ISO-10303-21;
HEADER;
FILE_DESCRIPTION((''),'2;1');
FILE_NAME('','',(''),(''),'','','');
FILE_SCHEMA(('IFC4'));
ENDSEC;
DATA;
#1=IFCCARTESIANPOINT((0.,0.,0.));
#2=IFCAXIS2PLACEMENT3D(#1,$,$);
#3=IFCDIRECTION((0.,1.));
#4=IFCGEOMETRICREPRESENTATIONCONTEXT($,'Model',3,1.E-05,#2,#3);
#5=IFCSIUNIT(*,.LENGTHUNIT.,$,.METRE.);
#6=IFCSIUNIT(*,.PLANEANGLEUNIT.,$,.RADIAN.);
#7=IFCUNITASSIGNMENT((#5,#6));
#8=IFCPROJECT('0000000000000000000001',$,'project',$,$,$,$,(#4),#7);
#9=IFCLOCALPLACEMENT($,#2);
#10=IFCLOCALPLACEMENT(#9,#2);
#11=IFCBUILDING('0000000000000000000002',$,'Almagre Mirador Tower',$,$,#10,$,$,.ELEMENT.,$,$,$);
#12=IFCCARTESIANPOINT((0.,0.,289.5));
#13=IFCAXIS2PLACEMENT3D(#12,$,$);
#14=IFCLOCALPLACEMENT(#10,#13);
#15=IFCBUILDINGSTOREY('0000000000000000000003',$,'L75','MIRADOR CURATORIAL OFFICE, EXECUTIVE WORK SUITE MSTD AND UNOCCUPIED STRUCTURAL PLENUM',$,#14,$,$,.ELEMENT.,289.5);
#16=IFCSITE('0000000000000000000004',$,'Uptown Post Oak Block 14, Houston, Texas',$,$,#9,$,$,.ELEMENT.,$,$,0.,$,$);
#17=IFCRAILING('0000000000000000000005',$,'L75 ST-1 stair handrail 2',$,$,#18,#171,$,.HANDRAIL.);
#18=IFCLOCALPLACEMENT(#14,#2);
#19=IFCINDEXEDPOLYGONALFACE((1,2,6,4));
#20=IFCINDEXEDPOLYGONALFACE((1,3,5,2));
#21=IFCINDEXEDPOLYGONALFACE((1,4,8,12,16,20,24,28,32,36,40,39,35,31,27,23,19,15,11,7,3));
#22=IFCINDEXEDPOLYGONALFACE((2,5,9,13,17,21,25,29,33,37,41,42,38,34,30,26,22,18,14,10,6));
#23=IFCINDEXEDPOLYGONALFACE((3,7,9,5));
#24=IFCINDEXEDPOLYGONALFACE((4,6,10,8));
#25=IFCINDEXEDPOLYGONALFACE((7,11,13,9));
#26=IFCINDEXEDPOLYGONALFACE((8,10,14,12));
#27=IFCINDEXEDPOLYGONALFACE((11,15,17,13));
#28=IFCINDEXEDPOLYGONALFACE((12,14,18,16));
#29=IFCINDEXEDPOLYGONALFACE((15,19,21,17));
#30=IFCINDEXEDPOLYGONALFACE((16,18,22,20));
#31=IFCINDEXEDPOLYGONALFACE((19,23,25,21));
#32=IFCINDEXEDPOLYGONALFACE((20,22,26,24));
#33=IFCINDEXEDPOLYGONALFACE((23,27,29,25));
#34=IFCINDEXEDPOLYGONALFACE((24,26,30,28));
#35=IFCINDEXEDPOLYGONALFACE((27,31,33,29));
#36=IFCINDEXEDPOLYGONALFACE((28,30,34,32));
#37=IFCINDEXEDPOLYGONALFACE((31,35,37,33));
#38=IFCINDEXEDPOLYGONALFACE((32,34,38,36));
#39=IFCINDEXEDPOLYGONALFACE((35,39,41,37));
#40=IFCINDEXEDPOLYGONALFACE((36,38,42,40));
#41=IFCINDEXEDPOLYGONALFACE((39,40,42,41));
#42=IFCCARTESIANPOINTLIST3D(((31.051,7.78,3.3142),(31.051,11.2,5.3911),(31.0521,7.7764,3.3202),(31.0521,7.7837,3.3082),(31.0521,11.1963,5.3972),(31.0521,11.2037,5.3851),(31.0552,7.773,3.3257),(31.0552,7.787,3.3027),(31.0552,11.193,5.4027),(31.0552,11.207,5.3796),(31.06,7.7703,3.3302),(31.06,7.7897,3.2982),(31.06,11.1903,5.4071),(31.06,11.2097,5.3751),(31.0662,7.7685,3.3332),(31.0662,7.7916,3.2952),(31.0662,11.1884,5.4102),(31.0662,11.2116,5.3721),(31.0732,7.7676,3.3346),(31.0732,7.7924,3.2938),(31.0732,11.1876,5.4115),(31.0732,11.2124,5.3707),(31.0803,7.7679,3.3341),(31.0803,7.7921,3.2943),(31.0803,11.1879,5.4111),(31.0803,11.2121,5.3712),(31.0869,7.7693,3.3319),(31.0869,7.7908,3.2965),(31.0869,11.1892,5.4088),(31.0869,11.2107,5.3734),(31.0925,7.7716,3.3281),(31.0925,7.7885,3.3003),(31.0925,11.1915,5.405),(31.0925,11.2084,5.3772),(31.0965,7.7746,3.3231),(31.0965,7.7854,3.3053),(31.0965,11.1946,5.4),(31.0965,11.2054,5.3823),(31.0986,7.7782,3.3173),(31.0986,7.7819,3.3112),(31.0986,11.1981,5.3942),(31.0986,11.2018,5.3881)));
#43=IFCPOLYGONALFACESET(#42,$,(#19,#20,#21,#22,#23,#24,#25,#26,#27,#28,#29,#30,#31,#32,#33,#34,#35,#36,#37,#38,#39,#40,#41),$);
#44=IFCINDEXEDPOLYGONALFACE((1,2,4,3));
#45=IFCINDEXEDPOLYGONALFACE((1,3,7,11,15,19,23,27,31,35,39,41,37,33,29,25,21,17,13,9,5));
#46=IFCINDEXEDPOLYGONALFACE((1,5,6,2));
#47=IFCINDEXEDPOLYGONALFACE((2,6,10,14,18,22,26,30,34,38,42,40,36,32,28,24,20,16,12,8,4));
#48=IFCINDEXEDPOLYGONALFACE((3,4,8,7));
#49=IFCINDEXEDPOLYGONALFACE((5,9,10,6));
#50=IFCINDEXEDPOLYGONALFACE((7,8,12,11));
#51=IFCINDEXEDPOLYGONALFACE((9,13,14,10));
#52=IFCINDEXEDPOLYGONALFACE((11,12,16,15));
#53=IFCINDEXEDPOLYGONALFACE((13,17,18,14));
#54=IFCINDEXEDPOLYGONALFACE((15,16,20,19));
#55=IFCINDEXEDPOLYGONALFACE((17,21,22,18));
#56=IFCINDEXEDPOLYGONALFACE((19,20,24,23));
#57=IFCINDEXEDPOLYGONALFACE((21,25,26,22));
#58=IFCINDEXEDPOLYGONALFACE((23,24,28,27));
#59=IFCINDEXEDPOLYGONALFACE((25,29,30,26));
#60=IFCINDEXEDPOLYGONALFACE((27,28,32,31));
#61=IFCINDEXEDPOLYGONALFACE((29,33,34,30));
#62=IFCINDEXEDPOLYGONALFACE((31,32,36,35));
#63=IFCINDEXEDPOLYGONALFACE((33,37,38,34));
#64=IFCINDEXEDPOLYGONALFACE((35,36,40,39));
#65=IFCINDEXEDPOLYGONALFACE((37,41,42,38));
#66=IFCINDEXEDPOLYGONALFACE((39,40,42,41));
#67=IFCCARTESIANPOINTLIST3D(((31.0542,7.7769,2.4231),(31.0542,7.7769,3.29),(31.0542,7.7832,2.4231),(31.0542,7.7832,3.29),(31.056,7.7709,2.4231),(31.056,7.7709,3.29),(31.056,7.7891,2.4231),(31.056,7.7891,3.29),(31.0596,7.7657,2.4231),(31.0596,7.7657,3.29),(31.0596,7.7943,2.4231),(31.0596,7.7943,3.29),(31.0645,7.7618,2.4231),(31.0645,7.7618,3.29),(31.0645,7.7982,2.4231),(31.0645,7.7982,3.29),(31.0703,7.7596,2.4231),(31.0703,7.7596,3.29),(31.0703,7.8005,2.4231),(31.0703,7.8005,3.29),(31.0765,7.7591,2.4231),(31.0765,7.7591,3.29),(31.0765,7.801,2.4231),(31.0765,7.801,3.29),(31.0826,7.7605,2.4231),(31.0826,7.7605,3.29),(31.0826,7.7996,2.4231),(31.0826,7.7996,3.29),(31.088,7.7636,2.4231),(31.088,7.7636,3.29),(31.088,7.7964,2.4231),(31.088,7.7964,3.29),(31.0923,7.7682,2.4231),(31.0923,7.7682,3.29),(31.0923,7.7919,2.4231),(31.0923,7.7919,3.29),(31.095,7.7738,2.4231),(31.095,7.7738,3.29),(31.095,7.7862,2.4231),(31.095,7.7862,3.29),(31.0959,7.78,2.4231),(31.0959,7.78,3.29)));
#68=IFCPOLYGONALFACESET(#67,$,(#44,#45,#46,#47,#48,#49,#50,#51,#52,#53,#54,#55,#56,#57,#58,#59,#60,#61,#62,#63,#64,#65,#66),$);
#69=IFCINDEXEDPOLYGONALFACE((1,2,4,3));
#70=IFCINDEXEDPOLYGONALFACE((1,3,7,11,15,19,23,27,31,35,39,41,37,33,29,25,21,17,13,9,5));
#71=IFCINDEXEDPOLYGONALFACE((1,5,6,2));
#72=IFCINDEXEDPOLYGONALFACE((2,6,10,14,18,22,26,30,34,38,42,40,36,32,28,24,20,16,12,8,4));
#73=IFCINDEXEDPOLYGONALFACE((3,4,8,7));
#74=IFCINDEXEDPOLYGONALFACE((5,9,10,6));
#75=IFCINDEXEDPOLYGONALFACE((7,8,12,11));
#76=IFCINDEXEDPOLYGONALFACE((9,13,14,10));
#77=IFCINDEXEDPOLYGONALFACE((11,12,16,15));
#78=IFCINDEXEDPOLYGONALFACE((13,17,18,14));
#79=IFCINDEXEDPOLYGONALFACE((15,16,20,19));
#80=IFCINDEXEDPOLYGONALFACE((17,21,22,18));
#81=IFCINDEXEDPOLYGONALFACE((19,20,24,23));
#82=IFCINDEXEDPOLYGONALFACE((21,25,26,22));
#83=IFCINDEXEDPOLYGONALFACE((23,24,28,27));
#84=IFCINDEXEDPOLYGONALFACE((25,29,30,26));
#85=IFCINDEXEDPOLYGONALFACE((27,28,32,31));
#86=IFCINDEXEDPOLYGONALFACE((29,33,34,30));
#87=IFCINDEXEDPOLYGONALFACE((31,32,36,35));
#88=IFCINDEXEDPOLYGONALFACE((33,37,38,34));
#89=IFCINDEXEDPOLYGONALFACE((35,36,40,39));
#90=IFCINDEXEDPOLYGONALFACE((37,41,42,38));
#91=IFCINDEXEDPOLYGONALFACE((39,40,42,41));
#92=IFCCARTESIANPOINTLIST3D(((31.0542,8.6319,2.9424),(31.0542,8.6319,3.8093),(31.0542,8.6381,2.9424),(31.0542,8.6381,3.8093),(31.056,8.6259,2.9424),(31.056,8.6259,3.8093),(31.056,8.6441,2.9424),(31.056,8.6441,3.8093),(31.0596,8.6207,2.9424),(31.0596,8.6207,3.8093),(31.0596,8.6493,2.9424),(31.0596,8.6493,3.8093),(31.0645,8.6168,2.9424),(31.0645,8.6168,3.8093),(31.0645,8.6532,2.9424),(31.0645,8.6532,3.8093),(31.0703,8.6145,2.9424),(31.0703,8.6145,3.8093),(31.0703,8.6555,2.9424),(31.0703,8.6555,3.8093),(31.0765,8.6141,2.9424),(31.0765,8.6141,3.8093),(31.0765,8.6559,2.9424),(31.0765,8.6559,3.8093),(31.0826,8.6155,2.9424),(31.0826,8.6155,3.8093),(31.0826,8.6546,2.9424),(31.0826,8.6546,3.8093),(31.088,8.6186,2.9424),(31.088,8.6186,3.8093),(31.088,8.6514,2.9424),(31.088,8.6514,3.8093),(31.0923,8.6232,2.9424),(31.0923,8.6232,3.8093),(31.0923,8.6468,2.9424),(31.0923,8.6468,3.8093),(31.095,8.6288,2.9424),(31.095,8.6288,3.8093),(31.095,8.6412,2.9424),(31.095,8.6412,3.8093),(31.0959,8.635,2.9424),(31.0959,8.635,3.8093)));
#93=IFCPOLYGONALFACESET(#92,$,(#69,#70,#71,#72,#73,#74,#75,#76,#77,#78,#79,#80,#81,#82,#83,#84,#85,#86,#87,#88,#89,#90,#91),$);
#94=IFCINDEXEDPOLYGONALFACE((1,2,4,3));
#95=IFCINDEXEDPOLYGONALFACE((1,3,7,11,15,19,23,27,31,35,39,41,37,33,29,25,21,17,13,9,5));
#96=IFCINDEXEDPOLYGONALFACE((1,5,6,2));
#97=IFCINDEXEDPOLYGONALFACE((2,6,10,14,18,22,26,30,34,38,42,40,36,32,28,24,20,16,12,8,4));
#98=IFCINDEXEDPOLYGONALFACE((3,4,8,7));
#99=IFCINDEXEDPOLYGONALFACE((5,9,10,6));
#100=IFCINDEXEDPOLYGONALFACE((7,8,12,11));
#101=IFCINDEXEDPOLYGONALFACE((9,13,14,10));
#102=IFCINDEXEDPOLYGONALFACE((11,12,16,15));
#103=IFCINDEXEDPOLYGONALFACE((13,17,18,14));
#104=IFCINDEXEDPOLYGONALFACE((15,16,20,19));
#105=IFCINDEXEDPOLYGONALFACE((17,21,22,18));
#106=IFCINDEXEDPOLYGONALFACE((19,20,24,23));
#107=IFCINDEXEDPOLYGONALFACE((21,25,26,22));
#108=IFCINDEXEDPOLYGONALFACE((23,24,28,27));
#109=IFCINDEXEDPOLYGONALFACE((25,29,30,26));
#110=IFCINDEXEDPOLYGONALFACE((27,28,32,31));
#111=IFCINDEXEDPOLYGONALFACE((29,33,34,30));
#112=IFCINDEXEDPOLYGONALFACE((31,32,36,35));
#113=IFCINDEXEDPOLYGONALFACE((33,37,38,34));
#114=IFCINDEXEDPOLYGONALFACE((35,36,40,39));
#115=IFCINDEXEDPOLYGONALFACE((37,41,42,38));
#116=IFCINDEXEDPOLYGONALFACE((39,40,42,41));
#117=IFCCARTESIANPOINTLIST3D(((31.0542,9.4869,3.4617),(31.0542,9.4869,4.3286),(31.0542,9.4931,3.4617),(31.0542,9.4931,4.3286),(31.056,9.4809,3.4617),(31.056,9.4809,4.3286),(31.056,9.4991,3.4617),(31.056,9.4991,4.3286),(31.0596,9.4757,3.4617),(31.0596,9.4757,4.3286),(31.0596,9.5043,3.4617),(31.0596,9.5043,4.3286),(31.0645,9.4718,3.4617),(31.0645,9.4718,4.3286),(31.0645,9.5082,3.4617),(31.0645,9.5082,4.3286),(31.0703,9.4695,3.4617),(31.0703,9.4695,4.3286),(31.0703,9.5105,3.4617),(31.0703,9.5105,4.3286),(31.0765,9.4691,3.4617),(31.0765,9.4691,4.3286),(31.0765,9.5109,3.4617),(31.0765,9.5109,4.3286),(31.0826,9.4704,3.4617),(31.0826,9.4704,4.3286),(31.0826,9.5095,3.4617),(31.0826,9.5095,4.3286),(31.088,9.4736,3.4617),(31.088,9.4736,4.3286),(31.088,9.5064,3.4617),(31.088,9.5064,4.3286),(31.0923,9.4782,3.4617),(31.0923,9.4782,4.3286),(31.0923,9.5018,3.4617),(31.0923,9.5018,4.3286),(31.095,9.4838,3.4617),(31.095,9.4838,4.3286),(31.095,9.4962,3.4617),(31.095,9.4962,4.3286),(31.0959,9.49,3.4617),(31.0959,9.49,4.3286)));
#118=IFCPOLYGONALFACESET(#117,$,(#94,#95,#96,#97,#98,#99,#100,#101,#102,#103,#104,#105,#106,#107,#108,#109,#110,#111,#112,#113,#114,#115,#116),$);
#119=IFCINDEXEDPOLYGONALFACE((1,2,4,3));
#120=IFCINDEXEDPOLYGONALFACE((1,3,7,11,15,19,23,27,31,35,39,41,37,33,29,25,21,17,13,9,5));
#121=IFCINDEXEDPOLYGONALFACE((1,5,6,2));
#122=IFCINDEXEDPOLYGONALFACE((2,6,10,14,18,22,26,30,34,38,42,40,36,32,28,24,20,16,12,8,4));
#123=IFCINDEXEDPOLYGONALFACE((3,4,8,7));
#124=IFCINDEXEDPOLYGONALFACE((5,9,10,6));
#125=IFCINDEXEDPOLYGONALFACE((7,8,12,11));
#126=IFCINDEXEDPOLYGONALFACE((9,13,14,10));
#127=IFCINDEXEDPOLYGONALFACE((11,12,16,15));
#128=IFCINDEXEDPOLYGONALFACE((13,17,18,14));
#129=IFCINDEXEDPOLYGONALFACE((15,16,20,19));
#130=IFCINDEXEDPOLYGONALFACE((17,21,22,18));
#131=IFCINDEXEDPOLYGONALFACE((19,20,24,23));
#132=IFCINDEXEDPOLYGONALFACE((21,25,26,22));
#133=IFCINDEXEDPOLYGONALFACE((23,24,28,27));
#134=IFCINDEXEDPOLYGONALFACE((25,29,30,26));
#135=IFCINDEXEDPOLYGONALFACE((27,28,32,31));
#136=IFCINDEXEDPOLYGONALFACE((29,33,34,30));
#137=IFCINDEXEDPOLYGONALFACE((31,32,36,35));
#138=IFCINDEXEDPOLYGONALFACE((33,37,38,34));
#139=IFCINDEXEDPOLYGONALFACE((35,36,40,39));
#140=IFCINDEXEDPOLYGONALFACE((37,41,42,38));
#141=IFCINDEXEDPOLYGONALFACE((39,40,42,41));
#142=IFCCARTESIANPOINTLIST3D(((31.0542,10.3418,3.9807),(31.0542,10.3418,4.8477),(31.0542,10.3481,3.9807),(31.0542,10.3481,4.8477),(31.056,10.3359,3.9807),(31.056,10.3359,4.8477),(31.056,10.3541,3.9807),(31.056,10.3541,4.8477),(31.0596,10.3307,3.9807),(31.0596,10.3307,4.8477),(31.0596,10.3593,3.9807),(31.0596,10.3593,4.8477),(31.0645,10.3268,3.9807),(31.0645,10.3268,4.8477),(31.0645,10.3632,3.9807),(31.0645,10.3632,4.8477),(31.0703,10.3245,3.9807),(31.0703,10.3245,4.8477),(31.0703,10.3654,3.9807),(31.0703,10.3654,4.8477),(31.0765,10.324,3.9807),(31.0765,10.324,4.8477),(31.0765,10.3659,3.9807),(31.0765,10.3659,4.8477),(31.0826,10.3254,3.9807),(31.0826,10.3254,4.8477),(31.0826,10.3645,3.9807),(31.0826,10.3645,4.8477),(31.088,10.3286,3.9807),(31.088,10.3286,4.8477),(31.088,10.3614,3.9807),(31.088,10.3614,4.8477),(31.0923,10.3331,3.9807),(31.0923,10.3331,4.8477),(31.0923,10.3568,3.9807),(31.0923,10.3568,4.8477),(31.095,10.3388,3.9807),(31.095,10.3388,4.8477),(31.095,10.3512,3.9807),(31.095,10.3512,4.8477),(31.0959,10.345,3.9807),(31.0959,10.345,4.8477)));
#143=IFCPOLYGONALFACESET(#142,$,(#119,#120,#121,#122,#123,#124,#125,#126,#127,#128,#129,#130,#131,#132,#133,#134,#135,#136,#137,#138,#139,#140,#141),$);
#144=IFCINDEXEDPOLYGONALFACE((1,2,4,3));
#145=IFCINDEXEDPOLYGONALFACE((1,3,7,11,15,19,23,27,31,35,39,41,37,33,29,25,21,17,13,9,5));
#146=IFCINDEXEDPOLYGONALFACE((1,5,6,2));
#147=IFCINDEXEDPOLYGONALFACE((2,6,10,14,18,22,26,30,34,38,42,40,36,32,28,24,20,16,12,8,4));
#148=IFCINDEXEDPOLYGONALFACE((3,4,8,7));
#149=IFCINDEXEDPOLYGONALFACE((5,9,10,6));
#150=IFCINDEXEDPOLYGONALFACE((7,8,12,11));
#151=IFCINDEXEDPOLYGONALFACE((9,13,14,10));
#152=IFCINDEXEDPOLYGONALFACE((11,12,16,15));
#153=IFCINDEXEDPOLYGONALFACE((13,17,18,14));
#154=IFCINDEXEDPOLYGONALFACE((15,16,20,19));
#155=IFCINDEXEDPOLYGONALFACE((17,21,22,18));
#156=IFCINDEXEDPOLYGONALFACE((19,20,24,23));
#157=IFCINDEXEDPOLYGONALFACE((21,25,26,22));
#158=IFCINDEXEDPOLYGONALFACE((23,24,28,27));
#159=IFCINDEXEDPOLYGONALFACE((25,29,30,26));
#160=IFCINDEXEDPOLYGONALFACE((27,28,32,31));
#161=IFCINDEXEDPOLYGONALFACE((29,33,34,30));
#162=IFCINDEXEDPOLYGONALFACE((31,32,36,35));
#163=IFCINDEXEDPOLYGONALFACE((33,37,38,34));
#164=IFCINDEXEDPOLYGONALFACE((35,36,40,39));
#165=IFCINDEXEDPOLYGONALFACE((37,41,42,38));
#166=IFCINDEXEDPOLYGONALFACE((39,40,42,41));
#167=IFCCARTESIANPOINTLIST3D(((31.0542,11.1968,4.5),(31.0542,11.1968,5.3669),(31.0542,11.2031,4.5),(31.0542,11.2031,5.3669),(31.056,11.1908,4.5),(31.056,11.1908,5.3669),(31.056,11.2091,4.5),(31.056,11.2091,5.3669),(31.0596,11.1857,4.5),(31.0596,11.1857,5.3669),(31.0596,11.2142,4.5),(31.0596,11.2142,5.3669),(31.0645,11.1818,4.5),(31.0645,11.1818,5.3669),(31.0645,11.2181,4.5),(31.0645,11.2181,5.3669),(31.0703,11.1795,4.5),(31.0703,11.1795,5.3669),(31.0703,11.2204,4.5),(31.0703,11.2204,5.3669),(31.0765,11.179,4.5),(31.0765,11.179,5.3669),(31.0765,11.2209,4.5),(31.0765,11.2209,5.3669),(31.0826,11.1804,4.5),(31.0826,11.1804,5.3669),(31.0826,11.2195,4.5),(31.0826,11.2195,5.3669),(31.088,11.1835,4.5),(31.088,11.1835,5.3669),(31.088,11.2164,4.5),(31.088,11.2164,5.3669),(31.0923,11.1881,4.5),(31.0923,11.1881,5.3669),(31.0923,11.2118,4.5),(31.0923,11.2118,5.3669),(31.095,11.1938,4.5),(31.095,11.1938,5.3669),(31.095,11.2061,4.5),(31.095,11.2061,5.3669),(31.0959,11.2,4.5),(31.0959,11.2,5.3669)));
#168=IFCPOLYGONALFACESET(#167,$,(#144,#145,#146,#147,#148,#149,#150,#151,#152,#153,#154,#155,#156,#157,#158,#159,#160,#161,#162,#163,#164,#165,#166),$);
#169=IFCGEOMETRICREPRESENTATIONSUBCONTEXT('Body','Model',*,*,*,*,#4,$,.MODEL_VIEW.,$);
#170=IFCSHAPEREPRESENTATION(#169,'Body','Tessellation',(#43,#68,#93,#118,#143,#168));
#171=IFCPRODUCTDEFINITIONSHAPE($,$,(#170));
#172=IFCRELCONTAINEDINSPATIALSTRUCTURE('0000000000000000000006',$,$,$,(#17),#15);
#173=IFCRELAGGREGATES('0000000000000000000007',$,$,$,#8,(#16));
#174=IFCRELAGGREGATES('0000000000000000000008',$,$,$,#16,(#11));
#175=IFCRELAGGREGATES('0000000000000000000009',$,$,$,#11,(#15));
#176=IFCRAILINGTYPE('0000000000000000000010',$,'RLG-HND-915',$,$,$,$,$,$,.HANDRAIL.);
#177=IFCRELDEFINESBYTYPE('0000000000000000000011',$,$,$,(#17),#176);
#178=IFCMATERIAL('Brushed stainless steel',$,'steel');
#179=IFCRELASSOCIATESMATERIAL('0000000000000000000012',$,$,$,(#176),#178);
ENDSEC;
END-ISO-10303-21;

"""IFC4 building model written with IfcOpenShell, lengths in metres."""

from ifc_helpers import new_model, si_unit, direction, frame, origin, origin_2d, place, context, subcontext, project, spatial, circle, extrude, material, type_object, element, save


model = new_model("IFC4")

# Units and contexts
model_context = context("Model", 3, precision=1e-05, world=origin(), true_north=direction((0.0, 1.0)))
body_context = subcontext(model_context, "Body", "Model", "MODEL_VIEW")
ifc_project = project(units=[si_unit("LENGTHUNIT", "METRE"), si_unit("PLANEANGLEUNIT", "RADIAN")], contexts=[model_context])

# Site, building, storey
site_placement = place(None, origin())
site = spatial("IfcSite", under=ifc_project, at=site_placement, Name="Uptown Post Oak Block 14, Houston, Texas", CompositionType="ELEMENT", RefElevation=0.0)
building_placement = place(site_placement, origin())
building = spatial("IfcBuilding", under=site, at=building_placement, Name="Almagre Mirador Tower", CompositionType="ELEMENT")
storey_placement = place(building_placement, frame((0.0, 0.0, 289.5)))
storey = spatial("IfcBuildingStorey", under=building, at=storey_placement, Name="L75", Description="MIRADOR CURATORIAL OFFICE, EXECUTIVE WORK SUITE MSTD AND UNOCCUPIED STRUCTURAL PLENUM", CompositionType="ELEMENT", Elevation=289.5)

# Railing
ifc_material_1 = material(Name="Brushed stainless steel", Category="steel")
railing_type = type_object("IfcRailingType", Name="RLG-HND-915", PredefinedType="HANDRAIL", material=ifc_material_1)
railing_1_placement = place(storey_placement, frame((31.075, 7.78, 2.4231)))
element("IfcRailing", 1, at=railing_1_placement, inside=storey, type_object=railing_type, Name="L75 ST-1 stair handrail 2", PredefinedType="HANDRAIL", context=body_context, shape_type="SweptSolid", body=[
    extrude(circle(Radius=0.0239, at=origin_2d()), frame((0.0, 0.0, 0.8911), z_axis=(0.0, 0.85473, 0.519074), x_axis=(-1.0, 0.0, 0.0)), (0.0, 0.0, 1.0), 4.0012),
    extrude(circle(Radius=0.021, at=origin_2d()), origin(), (0.0, 0.0, 1.0), 0.8669),
    extrude(circle(Radius=0.021, at=origin_2d()), frame((0.0, 0.855, 0.5193)), (0.0, 0.0, 1.0), 0.8669),
    extrude(circle(Radius=0.021, at=origin_2d()), frame((0.0, 1.71, 1.0386)), (0.0, 0.0, 1.0), 0.8669),
    extrude(circle(Radius=0.021, at=origin_2d()), frame((0.0, 2.5649, 1.5576)), (0.0, 0.0, 1.0), 0.8669),
    extrude(circle(Radius=0.021, at=origin_2d()), frame((0.0, 3.4199, 2.0769)), (0.0, 0.0, 1.0), 0.8669),
])

save(model, "model.ifc")
